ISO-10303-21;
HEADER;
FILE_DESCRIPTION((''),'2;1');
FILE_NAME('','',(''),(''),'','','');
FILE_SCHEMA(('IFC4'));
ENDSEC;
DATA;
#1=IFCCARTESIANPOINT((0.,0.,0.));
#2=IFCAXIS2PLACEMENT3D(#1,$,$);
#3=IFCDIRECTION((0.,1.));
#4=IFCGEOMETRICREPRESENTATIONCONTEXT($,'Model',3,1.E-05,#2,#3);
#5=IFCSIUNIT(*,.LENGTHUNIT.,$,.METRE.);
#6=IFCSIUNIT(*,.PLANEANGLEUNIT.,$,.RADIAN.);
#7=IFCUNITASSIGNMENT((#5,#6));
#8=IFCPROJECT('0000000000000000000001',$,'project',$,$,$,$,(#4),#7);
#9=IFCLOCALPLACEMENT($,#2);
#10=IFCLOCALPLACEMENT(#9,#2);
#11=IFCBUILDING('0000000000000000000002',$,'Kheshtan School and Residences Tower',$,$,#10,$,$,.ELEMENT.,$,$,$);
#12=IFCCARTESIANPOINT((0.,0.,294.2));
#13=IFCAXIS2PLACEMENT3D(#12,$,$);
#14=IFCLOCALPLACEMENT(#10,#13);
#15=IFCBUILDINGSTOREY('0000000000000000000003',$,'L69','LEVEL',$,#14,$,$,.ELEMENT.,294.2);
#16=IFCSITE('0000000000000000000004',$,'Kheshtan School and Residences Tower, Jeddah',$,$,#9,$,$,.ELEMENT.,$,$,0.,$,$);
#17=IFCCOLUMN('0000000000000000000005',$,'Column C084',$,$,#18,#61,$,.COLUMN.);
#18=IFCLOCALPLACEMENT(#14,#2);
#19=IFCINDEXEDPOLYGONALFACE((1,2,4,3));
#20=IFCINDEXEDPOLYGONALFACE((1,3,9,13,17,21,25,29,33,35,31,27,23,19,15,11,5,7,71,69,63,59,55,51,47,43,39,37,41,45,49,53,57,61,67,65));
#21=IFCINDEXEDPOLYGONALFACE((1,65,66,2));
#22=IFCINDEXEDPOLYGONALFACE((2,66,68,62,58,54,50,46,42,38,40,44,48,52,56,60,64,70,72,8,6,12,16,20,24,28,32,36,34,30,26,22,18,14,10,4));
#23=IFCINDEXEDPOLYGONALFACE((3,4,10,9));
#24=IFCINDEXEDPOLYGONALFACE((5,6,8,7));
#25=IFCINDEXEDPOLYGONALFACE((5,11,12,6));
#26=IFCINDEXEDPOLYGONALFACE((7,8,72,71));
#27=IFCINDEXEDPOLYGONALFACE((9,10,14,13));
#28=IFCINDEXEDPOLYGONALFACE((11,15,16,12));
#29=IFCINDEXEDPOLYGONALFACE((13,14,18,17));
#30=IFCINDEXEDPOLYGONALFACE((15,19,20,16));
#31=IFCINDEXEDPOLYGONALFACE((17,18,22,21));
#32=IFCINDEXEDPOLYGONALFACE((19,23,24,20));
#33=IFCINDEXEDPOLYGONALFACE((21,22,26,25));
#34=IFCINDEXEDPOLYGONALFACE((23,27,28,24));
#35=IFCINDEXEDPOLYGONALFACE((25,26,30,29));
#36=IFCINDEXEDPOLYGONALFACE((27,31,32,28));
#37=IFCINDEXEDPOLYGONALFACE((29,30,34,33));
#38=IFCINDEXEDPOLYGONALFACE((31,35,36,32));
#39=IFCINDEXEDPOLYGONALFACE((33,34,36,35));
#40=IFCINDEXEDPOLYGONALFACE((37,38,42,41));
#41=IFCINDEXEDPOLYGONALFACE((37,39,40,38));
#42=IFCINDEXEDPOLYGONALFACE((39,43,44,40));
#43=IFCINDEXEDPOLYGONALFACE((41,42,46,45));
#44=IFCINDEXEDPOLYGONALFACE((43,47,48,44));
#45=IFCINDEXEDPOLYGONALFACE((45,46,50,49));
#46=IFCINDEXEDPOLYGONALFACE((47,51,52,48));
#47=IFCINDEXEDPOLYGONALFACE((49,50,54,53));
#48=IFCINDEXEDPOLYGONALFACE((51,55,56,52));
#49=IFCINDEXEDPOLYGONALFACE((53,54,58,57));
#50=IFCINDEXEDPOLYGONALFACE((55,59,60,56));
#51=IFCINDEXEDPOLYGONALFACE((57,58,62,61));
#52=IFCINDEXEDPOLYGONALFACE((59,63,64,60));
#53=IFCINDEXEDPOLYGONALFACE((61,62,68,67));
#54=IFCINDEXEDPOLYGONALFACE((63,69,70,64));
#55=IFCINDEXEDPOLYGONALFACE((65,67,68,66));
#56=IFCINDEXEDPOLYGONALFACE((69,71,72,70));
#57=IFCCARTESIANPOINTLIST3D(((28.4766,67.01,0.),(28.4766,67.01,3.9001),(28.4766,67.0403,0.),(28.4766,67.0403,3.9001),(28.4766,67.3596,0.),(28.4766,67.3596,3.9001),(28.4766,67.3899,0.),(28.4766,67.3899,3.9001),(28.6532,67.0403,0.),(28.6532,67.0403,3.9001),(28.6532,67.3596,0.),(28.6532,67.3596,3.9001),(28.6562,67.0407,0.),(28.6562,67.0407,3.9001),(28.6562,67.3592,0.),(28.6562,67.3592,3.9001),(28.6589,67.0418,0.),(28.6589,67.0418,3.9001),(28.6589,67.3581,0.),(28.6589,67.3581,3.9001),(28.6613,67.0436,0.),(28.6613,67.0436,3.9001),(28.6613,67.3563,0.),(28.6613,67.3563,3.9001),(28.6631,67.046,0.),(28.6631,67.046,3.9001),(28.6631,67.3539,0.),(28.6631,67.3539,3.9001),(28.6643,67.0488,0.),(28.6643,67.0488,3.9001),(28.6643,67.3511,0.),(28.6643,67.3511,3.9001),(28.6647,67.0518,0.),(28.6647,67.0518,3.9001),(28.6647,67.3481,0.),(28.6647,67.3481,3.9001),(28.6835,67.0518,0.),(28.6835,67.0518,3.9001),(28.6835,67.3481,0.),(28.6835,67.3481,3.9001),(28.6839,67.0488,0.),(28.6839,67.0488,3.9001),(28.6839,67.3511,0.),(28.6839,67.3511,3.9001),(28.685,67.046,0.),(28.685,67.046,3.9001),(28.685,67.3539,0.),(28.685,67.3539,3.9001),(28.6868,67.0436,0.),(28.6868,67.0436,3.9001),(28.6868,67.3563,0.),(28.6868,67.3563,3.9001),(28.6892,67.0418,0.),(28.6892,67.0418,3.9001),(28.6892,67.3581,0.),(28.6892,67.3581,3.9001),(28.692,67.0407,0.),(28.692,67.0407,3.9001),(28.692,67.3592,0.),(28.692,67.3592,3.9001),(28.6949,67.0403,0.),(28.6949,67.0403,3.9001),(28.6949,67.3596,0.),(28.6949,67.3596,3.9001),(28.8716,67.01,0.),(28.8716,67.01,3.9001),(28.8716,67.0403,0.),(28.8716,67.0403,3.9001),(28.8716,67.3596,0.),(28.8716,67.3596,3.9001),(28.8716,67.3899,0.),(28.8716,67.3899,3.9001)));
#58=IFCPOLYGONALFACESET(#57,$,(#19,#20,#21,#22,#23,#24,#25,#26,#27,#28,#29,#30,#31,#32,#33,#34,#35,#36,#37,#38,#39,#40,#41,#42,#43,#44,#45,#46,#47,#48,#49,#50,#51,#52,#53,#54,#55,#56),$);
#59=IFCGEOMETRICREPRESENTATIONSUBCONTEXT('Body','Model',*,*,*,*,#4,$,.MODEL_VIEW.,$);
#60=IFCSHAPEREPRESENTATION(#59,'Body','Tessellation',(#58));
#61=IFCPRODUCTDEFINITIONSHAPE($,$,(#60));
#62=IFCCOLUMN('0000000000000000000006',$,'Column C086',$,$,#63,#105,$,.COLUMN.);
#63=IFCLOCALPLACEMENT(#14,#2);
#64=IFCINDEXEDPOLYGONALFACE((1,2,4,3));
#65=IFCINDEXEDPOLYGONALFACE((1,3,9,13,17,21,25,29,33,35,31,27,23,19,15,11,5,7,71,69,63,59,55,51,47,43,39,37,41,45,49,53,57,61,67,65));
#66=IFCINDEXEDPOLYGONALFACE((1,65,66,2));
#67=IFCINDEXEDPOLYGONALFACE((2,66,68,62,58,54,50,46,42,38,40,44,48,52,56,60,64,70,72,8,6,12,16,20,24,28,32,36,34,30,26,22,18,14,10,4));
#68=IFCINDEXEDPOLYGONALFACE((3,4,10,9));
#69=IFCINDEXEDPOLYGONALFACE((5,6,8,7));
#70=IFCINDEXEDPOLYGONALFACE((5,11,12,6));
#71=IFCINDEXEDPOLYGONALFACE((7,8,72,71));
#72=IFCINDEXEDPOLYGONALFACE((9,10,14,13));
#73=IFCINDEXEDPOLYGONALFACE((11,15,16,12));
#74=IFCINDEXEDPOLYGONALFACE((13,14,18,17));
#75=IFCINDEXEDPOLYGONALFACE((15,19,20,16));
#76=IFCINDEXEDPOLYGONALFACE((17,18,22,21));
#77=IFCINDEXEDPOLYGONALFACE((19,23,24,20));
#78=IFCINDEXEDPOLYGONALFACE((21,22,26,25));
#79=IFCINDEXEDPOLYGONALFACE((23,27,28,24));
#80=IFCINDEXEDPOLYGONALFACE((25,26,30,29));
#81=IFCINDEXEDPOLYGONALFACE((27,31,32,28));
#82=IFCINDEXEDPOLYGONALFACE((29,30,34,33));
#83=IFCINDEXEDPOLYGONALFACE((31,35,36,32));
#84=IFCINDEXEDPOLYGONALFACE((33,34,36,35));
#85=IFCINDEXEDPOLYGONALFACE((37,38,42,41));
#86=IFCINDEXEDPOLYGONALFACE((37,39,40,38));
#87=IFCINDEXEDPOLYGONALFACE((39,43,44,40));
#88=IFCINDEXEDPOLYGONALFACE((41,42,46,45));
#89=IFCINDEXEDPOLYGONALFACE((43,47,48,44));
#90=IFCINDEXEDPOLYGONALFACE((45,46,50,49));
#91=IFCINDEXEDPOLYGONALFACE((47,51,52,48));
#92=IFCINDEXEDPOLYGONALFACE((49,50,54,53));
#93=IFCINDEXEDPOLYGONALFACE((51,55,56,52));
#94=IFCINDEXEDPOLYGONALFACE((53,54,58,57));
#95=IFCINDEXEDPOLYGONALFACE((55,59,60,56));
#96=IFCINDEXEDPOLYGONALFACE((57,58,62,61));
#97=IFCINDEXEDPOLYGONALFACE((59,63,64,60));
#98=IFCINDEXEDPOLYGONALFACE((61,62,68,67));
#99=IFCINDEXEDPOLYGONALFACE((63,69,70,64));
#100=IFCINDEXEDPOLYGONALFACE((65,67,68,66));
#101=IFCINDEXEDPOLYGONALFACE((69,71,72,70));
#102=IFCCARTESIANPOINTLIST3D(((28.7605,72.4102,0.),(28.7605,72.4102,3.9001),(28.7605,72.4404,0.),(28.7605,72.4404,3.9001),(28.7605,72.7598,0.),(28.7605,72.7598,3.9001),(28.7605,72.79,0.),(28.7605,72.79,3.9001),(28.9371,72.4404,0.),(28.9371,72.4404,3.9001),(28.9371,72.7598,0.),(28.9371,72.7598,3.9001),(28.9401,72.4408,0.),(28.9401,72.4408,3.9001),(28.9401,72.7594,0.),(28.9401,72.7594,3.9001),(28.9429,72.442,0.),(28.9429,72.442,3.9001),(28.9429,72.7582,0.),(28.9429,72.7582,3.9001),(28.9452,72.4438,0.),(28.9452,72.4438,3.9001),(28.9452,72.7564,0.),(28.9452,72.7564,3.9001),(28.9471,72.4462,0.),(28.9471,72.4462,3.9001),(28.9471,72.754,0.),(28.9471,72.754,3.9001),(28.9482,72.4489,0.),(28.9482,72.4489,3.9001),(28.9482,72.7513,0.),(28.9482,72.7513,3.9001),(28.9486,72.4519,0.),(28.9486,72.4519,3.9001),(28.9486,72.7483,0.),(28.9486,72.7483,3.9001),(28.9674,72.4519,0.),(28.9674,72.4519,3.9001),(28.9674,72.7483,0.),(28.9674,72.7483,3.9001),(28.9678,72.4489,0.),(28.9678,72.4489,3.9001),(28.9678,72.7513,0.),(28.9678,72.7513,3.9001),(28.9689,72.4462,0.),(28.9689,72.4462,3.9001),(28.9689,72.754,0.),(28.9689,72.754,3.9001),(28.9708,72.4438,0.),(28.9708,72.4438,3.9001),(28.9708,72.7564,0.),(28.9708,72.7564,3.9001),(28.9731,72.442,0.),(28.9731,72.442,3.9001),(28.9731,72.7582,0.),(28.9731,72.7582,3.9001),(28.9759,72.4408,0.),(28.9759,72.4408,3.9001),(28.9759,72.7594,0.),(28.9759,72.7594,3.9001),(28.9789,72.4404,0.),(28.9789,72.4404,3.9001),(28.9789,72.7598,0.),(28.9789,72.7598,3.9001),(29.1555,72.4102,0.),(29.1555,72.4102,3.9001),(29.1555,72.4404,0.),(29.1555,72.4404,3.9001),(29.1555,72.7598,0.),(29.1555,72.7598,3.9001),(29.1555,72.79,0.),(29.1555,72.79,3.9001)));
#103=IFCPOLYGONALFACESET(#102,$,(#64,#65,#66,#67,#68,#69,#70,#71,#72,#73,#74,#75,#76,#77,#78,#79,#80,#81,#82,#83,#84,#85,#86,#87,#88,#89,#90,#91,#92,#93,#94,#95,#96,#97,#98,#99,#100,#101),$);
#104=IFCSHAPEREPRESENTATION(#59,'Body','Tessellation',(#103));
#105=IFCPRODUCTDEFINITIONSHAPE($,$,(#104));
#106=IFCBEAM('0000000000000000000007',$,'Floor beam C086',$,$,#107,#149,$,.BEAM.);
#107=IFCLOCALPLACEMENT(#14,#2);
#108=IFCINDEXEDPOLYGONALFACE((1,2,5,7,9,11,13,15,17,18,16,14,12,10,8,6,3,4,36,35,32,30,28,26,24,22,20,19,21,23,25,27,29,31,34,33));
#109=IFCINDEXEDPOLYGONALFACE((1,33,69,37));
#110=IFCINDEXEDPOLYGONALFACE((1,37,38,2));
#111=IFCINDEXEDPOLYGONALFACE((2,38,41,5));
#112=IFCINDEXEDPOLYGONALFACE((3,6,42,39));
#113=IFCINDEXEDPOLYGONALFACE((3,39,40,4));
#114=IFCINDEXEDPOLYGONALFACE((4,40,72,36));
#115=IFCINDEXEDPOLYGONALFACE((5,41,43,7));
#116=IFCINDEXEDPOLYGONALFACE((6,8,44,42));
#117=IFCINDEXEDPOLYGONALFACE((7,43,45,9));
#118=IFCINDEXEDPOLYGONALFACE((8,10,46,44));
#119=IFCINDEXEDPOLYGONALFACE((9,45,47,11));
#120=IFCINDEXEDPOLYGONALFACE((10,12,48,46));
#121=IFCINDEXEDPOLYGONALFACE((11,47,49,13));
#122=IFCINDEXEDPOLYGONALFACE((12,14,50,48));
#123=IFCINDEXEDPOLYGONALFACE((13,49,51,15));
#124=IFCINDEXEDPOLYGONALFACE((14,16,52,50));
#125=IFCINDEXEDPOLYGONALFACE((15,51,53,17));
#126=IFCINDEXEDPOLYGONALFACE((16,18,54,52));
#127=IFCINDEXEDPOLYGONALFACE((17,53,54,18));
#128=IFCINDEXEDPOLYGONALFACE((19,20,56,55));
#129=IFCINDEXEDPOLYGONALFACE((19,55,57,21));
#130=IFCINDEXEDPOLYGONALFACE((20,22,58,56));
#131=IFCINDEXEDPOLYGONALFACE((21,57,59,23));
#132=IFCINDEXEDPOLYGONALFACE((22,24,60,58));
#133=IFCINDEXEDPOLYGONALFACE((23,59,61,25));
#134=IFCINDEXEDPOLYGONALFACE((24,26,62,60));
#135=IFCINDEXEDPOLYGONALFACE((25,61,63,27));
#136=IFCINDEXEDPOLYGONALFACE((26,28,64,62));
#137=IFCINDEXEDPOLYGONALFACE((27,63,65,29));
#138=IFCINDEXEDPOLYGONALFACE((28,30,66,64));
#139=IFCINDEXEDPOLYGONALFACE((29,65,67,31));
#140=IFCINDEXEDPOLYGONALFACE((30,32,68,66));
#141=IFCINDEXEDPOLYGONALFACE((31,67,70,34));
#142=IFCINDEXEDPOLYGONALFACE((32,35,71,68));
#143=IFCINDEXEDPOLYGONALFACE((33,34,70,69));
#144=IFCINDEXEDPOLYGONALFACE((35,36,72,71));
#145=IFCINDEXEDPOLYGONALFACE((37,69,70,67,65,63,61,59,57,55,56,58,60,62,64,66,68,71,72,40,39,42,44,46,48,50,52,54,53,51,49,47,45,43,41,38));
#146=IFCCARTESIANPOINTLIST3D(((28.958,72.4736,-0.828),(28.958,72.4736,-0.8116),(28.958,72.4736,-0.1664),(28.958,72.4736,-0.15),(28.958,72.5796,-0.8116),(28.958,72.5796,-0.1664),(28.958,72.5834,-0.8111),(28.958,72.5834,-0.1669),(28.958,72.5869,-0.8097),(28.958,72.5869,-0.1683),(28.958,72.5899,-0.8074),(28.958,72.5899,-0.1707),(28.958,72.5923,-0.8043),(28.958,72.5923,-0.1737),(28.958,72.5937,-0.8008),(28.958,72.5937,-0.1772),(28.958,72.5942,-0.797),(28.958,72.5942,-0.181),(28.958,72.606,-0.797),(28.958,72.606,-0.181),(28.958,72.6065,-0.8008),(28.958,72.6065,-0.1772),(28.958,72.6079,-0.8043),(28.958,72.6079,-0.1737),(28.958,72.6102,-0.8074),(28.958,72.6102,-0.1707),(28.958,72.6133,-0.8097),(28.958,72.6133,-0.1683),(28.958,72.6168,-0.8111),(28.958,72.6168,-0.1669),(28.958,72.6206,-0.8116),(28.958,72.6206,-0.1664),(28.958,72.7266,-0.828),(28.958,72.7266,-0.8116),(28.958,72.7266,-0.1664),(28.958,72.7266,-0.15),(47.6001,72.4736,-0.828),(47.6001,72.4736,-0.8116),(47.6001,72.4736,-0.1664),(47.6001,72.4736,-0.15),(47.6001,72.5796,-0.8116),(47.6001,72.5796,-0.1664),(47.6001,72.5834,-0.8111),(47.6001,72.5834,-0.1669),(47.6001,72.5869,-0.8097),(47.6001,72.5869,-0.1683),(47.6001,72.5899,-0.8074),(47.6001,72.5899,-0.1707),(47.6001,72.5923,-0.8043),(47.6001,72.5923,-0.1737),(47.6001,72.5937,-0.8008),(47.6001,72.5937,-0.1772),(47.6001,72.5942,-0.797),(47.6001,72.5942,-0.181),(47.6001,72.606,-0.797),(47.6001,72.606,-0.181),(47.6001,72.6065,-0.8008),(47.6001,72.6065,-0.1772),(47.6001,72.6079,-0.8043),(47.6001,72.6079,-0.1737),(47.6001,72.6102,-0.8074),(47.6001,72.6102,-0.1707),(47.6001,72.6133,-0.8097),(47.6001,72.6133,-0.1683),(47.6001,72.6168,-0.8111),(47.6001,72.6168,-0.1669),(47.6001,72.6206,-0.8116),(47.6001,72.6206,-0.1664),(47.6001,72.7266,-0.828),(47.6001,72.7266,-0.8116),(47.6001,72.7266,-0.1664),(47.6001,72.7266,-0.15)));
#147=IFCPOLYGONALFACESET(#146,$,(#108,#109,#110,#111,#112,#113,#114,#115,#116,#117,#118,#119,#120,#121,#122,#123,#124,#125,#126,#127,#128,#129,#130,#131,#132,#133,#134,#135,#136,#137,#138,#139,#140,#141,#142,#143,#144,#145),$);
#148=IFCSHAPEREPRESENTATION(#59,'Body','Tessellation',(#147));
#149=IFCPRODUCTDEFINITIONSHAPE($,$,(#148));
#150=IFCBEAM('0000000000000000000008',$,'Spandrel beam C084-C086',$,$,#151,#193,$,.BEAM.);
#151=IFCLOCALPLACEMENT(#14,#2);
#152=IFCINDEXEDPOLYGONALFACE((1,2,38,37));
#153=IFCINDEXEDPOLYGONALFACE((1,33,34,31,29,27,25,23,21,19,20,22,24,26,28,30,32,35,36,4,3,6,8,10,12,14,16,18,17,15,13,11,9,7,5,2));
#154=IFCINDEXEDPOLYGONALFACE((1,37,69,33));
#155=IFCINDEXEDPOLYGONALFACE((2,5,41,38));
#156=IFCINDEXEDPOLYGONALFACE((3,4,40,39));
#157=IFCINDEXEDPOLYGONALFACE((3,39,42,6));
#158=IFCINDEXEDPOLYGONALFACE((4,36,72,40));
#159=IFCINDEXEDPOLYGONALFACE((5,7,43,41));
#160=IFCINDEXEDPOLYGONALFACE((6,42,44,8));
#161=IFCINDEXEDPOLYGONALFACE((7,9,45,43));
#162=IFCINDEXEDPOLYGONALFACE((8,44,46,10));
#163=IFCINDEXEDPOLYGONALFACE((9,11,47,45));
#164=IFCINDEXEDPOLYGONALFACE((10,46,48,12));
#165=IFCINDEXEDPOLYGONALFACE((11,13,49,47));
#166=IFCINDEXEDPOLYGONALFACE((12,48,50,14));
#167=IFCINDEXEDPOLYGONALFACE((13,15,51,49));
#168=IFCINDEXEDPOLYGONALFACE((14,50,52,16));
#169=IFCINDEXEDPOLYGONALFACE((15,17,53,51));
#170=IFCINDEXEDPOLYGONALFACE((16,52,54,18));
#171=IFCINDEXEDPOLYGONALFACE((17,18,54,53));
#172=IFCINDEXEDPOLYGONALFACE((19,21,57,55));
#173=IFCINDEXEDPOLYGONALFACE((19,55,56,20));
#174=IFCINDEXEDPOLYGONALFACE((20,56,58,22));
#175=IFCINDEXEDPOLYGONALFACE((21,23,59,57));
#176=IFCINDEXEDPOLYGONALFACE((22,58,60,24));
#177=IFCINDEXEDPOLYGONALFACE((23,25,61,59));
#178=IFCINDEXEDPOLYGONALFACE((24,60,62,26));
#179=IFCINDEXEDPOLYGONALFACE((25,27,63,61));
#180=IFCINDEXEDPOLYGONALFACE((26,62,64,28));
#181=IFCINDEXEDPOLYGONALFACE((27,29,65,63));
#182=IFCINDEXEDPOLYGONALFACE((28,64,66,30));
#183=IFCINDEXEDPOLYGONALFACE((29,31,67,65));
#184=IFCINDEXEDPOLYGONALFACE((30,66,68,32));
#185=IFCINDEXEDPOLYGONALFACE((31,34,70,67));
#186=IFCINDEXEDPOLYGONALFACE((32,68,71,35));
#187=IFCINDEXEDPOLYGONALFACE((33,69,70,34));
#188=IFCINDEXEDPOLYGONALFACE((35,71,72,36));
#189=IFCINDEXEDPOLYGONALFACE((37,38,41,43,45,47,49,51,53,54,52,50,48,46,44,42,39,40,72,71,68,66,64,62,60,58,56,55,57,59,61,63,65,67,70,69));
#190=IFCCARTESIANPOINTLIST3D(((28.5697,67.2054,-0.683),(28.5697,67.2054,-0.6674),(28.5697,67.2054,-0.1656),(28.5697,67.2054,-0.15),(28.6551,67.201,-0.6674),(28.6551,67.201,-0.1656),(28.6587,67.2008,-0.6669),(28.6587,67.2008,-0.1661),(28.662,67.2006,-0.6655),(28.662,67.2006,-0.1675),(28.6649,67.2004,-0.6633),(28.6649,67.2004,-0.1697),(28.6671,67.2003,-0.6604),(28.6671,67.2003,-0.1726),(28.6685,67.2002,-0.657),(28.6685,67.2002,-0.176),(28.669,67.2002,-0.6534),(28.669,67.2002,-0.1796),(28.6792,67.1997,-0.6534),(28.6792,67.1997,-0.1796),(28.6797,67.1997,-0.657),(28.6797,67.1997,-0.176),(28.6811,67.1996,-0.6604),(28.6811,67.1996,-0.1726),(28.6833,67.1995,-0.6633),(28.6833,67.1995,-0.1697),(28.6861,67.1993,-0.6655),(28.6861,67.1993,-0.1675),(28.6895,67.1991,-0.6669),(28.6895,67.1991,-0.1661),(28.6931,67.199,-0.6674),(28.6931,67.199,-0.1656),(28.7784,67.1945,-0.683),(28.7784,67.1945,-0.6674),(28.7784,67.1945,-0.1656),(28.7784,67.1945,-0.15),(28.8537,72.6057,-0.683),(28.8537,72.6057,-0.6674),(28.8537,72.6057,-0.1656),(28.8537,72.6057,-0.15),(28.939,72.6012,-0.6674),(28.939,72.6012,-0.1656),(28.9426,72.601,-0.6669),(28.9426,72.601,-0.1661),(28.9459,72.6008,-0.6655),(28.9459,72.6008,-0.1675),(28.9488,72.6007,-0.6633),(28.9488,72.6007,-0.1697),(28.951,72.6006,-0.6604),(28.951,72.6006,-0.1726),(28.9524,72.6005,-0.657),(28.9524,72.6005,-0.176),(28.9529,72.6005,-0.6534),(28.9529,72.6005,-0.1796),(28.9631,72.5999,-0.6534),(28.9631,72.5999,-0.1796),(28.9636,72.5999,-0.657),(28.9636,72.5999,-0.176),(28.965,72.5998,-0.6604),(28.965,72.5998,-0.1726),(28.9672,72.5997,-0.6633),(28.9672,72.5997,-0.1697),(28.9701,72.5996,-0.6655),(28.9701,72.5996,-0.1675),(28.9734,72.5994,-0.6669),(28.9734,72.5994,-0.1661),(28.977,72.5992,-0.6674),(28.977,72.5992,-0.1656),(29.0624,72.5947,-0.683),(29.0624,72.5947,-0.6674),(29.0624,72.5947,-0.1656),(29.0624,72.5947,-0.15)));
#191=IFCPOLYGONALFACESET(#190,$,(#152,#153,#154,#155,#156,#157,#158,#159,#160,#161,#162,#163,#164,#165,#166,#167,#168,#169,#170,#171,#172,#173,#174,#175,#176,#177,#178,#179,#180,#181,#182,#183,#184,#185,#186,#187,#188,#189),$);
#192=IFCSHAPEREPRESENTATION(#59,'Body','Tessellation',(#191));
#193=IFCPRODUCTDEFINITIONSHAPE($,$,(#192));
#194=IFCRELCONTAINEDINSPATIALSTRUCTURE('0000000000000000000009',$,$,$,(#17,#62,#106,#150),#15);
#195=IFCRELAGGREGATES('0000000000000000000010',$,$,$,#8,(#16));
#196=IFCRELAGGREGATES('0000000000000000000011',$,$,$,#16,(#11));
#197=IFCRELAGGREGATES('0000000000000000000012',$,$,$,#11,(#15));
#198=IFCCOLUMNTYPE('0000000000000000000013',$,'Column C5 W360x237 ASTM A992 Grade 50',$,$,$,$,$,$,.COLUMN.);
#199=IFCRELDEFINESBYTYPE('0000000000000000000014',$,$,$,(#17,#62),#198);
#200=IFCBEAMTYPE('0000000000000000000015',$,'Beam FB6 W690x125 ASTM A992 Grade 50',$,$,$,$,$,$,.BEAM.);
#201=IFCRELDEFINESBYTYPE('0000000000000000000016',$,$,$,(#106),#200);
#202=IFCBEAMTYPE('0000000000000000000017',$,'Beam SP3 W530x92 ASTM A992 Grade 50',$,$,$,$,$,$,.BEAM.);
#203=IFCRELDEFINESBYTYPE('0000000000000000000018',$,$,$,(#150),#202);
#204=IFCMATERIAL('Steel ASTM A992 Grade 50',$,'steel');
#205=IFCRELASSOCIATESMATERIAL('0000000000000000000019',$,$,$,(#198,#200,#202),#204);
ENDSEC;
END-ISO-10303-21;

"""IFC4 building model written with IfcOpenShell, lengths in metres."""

from ifc_helpers import new_model, si_unit, direction, frame, origin, origin_2d, place, context, subcontext, project, spatial, i_section, extrude, material, material_profile, profile_set, type_object, element, save


model = new_model("IFC4")

# Units and contexts
model_context = context("Model", 3, precision=1e-05, world=origin(), true_north=direction((0.0, 1.0)))
body_context = subcontext(model_context, "Body", "Model", "MODEL_VIEW")
ifc_project = project(units=[si_unit("LENGTHUNIT", "METRE"), si_unit("PLANEANGLEUNIT", "RADIAN")], contexts=[model_context])

# Site, building, storey
site_placement = place(None, origin())
site = spatial("IfcSite", under=ifc_project, at=site_placement, Name="Kheshtan School and Residences Tower, Jeddah", CompositionType="ELEMENT", RefElevation=0.0)
building_placement = place(site_placement, origin())
building = spatial("IfcBuilding", under=site, at=building_placement, Name="Kheshtan School and Residences Tower", CompositionType="ELEMENT")
storey_placement = place(building_placement, frame((0.0, 0.0, 294.2)))
storey = spatial("IfcBuildingStorey", under=building, at=storey_placement, Name="L69", Description="LEVEL", CompositionType="ELEMENT", Elevation=294.2)

# Columns
ifc_material_1 = material(Name="Steel ASTM A992 Grade 50", Category="steel")
ifc_material_profile_1 = material_profile(ifc_material_1, i_section(OverallWidth=0.395, OverallDepth=0.3799, WebThickness=0.0188, FlangeThickness=0.0303, FilletRadius=0.0115, at=origin_2d()), Name="W360x237")
ifc_profile_set_1 = profile_set([ifc_material_profile_1], Name="Steel ASTM A992 Grade 50")
column_type = type_object("IfcColumnType", Name="Column C5 W360x237 ASTM A992 Grade 50", PredefinedType="COLUMN", material=ifc_profile_set_1)
for number, where, z_axis, x_axis, name in (
    (1, (28.6741, 67.2, 0.0), (0.0, 0.0, 1.0), (1.0, 0.0, 0.0), "Column C084"),
    (2, (28.958, 72.6001, 0.0), (0.0, 0.0, 1.0), (1.0, 0.0, 0.0), "Column C086"),
):
    element("IfcColumn", number, at=place(storey_placement, frame(where, z_axis=z_axis, x_axis=x_axis)), inside=storey, type_object=column_type, Name=name, PredefinedType="COLUMN", context=body_context, shape_type="SweptSolid", body=[
        extrude(i_section(OverallWidth=0.395, OverallDepth=0.3799, WebThickness=0.0188, FlangeThickness=0.0303, FilletRadius=0.0115, at=origin_2d()), origin(), (0.0, 0.0, 1.0), 3.9001),
    ])

# Beams
ifc_material_profile_2 = material_profile(ifc_material_1, i_section(OverallWidth=0.2529, OverallDepth=0.678, WebThickness=0.0117, FlangeThickness=0.0164, FilletRadius=0.0146, at=origin_2d()), Name="W690x125")
ifc_profile_set_2 = profile_set([ifc_material_profile_2], Name="Steel ASTM A992 Grade 50")
beam_type_1 = type_object("IfcBeamType", Name="Beam FB6 W690x125 ASTM A992 Grade 50", PredefinedType="BEAM", material=ifc_profile_set_2)
beam_1_placement = place(storey_placement, frame((28.958, 72.6001, -0.489), z_axis=(1.0, 0.0, 0.0), x_axis=(0.0, 1.0, 0.0)))
element("IfcBeam", 3, at=beam_1_placement, inside=storey, type_object=beam_type_1, Name="Floor beam C086", PredefinedType="BEAM", context=body_context, shape_type="SweptSolid", body=[
    extrude(i_section(OverallWidth=0.2529, OverallDepth=0.678, WebThickness=0.0117, FlangeThickness=0.0164, FilletRadius=0.0146, at=origin_2d()), origin(), (0.0, 0.0, 1.0), 18.6421),
])
ifc_material_profile_3 = material_profile(ifc_material_1, i_section(OverallWidth=0.209, OverallDepth=0.533, WebThickness=0.0103, FlangeThickness=0.0156, FilletRadius=0.0139, at=origin_2d()), Name="W530x92")
ifc_profile_set_3 = profile_set([ifc_material_profile_3], Name="Steel ASTM A992 Grade 50")
beam_type_2 = type_object("IfcBeamType", Name="Beam SP3 W530x92 ASTM A992 Grade 50", PredefinedType="BEAM", material=ifc_profile_set_3)
beam_2_placement = place(storey_placement, frame((28.6741, 67.2, -0.4165), z_axis=(0.052507, 0.998621, 0.0), x_axis=(-0.998621, 0.052507, 0.0)))
element("IfcBeam", 4, at=beam_2_placement, inside=storey, type_object=beam_type_2, Name="Spandrel beam C084-C086", PredefinedType="BEAM", context=body_context, shape_type="SweptSolid", body=[
    extrude(i_section(OverallWidth=0.209, OverallDepth=0.533, WebThickness=0.0103, FlangeThickness=0.0156, FilletRadius=0.0139, at=origin_2d()), origin(), (0.0, 0.0, 1.0), 5.4077),
])

save(model, "model.ifc")
